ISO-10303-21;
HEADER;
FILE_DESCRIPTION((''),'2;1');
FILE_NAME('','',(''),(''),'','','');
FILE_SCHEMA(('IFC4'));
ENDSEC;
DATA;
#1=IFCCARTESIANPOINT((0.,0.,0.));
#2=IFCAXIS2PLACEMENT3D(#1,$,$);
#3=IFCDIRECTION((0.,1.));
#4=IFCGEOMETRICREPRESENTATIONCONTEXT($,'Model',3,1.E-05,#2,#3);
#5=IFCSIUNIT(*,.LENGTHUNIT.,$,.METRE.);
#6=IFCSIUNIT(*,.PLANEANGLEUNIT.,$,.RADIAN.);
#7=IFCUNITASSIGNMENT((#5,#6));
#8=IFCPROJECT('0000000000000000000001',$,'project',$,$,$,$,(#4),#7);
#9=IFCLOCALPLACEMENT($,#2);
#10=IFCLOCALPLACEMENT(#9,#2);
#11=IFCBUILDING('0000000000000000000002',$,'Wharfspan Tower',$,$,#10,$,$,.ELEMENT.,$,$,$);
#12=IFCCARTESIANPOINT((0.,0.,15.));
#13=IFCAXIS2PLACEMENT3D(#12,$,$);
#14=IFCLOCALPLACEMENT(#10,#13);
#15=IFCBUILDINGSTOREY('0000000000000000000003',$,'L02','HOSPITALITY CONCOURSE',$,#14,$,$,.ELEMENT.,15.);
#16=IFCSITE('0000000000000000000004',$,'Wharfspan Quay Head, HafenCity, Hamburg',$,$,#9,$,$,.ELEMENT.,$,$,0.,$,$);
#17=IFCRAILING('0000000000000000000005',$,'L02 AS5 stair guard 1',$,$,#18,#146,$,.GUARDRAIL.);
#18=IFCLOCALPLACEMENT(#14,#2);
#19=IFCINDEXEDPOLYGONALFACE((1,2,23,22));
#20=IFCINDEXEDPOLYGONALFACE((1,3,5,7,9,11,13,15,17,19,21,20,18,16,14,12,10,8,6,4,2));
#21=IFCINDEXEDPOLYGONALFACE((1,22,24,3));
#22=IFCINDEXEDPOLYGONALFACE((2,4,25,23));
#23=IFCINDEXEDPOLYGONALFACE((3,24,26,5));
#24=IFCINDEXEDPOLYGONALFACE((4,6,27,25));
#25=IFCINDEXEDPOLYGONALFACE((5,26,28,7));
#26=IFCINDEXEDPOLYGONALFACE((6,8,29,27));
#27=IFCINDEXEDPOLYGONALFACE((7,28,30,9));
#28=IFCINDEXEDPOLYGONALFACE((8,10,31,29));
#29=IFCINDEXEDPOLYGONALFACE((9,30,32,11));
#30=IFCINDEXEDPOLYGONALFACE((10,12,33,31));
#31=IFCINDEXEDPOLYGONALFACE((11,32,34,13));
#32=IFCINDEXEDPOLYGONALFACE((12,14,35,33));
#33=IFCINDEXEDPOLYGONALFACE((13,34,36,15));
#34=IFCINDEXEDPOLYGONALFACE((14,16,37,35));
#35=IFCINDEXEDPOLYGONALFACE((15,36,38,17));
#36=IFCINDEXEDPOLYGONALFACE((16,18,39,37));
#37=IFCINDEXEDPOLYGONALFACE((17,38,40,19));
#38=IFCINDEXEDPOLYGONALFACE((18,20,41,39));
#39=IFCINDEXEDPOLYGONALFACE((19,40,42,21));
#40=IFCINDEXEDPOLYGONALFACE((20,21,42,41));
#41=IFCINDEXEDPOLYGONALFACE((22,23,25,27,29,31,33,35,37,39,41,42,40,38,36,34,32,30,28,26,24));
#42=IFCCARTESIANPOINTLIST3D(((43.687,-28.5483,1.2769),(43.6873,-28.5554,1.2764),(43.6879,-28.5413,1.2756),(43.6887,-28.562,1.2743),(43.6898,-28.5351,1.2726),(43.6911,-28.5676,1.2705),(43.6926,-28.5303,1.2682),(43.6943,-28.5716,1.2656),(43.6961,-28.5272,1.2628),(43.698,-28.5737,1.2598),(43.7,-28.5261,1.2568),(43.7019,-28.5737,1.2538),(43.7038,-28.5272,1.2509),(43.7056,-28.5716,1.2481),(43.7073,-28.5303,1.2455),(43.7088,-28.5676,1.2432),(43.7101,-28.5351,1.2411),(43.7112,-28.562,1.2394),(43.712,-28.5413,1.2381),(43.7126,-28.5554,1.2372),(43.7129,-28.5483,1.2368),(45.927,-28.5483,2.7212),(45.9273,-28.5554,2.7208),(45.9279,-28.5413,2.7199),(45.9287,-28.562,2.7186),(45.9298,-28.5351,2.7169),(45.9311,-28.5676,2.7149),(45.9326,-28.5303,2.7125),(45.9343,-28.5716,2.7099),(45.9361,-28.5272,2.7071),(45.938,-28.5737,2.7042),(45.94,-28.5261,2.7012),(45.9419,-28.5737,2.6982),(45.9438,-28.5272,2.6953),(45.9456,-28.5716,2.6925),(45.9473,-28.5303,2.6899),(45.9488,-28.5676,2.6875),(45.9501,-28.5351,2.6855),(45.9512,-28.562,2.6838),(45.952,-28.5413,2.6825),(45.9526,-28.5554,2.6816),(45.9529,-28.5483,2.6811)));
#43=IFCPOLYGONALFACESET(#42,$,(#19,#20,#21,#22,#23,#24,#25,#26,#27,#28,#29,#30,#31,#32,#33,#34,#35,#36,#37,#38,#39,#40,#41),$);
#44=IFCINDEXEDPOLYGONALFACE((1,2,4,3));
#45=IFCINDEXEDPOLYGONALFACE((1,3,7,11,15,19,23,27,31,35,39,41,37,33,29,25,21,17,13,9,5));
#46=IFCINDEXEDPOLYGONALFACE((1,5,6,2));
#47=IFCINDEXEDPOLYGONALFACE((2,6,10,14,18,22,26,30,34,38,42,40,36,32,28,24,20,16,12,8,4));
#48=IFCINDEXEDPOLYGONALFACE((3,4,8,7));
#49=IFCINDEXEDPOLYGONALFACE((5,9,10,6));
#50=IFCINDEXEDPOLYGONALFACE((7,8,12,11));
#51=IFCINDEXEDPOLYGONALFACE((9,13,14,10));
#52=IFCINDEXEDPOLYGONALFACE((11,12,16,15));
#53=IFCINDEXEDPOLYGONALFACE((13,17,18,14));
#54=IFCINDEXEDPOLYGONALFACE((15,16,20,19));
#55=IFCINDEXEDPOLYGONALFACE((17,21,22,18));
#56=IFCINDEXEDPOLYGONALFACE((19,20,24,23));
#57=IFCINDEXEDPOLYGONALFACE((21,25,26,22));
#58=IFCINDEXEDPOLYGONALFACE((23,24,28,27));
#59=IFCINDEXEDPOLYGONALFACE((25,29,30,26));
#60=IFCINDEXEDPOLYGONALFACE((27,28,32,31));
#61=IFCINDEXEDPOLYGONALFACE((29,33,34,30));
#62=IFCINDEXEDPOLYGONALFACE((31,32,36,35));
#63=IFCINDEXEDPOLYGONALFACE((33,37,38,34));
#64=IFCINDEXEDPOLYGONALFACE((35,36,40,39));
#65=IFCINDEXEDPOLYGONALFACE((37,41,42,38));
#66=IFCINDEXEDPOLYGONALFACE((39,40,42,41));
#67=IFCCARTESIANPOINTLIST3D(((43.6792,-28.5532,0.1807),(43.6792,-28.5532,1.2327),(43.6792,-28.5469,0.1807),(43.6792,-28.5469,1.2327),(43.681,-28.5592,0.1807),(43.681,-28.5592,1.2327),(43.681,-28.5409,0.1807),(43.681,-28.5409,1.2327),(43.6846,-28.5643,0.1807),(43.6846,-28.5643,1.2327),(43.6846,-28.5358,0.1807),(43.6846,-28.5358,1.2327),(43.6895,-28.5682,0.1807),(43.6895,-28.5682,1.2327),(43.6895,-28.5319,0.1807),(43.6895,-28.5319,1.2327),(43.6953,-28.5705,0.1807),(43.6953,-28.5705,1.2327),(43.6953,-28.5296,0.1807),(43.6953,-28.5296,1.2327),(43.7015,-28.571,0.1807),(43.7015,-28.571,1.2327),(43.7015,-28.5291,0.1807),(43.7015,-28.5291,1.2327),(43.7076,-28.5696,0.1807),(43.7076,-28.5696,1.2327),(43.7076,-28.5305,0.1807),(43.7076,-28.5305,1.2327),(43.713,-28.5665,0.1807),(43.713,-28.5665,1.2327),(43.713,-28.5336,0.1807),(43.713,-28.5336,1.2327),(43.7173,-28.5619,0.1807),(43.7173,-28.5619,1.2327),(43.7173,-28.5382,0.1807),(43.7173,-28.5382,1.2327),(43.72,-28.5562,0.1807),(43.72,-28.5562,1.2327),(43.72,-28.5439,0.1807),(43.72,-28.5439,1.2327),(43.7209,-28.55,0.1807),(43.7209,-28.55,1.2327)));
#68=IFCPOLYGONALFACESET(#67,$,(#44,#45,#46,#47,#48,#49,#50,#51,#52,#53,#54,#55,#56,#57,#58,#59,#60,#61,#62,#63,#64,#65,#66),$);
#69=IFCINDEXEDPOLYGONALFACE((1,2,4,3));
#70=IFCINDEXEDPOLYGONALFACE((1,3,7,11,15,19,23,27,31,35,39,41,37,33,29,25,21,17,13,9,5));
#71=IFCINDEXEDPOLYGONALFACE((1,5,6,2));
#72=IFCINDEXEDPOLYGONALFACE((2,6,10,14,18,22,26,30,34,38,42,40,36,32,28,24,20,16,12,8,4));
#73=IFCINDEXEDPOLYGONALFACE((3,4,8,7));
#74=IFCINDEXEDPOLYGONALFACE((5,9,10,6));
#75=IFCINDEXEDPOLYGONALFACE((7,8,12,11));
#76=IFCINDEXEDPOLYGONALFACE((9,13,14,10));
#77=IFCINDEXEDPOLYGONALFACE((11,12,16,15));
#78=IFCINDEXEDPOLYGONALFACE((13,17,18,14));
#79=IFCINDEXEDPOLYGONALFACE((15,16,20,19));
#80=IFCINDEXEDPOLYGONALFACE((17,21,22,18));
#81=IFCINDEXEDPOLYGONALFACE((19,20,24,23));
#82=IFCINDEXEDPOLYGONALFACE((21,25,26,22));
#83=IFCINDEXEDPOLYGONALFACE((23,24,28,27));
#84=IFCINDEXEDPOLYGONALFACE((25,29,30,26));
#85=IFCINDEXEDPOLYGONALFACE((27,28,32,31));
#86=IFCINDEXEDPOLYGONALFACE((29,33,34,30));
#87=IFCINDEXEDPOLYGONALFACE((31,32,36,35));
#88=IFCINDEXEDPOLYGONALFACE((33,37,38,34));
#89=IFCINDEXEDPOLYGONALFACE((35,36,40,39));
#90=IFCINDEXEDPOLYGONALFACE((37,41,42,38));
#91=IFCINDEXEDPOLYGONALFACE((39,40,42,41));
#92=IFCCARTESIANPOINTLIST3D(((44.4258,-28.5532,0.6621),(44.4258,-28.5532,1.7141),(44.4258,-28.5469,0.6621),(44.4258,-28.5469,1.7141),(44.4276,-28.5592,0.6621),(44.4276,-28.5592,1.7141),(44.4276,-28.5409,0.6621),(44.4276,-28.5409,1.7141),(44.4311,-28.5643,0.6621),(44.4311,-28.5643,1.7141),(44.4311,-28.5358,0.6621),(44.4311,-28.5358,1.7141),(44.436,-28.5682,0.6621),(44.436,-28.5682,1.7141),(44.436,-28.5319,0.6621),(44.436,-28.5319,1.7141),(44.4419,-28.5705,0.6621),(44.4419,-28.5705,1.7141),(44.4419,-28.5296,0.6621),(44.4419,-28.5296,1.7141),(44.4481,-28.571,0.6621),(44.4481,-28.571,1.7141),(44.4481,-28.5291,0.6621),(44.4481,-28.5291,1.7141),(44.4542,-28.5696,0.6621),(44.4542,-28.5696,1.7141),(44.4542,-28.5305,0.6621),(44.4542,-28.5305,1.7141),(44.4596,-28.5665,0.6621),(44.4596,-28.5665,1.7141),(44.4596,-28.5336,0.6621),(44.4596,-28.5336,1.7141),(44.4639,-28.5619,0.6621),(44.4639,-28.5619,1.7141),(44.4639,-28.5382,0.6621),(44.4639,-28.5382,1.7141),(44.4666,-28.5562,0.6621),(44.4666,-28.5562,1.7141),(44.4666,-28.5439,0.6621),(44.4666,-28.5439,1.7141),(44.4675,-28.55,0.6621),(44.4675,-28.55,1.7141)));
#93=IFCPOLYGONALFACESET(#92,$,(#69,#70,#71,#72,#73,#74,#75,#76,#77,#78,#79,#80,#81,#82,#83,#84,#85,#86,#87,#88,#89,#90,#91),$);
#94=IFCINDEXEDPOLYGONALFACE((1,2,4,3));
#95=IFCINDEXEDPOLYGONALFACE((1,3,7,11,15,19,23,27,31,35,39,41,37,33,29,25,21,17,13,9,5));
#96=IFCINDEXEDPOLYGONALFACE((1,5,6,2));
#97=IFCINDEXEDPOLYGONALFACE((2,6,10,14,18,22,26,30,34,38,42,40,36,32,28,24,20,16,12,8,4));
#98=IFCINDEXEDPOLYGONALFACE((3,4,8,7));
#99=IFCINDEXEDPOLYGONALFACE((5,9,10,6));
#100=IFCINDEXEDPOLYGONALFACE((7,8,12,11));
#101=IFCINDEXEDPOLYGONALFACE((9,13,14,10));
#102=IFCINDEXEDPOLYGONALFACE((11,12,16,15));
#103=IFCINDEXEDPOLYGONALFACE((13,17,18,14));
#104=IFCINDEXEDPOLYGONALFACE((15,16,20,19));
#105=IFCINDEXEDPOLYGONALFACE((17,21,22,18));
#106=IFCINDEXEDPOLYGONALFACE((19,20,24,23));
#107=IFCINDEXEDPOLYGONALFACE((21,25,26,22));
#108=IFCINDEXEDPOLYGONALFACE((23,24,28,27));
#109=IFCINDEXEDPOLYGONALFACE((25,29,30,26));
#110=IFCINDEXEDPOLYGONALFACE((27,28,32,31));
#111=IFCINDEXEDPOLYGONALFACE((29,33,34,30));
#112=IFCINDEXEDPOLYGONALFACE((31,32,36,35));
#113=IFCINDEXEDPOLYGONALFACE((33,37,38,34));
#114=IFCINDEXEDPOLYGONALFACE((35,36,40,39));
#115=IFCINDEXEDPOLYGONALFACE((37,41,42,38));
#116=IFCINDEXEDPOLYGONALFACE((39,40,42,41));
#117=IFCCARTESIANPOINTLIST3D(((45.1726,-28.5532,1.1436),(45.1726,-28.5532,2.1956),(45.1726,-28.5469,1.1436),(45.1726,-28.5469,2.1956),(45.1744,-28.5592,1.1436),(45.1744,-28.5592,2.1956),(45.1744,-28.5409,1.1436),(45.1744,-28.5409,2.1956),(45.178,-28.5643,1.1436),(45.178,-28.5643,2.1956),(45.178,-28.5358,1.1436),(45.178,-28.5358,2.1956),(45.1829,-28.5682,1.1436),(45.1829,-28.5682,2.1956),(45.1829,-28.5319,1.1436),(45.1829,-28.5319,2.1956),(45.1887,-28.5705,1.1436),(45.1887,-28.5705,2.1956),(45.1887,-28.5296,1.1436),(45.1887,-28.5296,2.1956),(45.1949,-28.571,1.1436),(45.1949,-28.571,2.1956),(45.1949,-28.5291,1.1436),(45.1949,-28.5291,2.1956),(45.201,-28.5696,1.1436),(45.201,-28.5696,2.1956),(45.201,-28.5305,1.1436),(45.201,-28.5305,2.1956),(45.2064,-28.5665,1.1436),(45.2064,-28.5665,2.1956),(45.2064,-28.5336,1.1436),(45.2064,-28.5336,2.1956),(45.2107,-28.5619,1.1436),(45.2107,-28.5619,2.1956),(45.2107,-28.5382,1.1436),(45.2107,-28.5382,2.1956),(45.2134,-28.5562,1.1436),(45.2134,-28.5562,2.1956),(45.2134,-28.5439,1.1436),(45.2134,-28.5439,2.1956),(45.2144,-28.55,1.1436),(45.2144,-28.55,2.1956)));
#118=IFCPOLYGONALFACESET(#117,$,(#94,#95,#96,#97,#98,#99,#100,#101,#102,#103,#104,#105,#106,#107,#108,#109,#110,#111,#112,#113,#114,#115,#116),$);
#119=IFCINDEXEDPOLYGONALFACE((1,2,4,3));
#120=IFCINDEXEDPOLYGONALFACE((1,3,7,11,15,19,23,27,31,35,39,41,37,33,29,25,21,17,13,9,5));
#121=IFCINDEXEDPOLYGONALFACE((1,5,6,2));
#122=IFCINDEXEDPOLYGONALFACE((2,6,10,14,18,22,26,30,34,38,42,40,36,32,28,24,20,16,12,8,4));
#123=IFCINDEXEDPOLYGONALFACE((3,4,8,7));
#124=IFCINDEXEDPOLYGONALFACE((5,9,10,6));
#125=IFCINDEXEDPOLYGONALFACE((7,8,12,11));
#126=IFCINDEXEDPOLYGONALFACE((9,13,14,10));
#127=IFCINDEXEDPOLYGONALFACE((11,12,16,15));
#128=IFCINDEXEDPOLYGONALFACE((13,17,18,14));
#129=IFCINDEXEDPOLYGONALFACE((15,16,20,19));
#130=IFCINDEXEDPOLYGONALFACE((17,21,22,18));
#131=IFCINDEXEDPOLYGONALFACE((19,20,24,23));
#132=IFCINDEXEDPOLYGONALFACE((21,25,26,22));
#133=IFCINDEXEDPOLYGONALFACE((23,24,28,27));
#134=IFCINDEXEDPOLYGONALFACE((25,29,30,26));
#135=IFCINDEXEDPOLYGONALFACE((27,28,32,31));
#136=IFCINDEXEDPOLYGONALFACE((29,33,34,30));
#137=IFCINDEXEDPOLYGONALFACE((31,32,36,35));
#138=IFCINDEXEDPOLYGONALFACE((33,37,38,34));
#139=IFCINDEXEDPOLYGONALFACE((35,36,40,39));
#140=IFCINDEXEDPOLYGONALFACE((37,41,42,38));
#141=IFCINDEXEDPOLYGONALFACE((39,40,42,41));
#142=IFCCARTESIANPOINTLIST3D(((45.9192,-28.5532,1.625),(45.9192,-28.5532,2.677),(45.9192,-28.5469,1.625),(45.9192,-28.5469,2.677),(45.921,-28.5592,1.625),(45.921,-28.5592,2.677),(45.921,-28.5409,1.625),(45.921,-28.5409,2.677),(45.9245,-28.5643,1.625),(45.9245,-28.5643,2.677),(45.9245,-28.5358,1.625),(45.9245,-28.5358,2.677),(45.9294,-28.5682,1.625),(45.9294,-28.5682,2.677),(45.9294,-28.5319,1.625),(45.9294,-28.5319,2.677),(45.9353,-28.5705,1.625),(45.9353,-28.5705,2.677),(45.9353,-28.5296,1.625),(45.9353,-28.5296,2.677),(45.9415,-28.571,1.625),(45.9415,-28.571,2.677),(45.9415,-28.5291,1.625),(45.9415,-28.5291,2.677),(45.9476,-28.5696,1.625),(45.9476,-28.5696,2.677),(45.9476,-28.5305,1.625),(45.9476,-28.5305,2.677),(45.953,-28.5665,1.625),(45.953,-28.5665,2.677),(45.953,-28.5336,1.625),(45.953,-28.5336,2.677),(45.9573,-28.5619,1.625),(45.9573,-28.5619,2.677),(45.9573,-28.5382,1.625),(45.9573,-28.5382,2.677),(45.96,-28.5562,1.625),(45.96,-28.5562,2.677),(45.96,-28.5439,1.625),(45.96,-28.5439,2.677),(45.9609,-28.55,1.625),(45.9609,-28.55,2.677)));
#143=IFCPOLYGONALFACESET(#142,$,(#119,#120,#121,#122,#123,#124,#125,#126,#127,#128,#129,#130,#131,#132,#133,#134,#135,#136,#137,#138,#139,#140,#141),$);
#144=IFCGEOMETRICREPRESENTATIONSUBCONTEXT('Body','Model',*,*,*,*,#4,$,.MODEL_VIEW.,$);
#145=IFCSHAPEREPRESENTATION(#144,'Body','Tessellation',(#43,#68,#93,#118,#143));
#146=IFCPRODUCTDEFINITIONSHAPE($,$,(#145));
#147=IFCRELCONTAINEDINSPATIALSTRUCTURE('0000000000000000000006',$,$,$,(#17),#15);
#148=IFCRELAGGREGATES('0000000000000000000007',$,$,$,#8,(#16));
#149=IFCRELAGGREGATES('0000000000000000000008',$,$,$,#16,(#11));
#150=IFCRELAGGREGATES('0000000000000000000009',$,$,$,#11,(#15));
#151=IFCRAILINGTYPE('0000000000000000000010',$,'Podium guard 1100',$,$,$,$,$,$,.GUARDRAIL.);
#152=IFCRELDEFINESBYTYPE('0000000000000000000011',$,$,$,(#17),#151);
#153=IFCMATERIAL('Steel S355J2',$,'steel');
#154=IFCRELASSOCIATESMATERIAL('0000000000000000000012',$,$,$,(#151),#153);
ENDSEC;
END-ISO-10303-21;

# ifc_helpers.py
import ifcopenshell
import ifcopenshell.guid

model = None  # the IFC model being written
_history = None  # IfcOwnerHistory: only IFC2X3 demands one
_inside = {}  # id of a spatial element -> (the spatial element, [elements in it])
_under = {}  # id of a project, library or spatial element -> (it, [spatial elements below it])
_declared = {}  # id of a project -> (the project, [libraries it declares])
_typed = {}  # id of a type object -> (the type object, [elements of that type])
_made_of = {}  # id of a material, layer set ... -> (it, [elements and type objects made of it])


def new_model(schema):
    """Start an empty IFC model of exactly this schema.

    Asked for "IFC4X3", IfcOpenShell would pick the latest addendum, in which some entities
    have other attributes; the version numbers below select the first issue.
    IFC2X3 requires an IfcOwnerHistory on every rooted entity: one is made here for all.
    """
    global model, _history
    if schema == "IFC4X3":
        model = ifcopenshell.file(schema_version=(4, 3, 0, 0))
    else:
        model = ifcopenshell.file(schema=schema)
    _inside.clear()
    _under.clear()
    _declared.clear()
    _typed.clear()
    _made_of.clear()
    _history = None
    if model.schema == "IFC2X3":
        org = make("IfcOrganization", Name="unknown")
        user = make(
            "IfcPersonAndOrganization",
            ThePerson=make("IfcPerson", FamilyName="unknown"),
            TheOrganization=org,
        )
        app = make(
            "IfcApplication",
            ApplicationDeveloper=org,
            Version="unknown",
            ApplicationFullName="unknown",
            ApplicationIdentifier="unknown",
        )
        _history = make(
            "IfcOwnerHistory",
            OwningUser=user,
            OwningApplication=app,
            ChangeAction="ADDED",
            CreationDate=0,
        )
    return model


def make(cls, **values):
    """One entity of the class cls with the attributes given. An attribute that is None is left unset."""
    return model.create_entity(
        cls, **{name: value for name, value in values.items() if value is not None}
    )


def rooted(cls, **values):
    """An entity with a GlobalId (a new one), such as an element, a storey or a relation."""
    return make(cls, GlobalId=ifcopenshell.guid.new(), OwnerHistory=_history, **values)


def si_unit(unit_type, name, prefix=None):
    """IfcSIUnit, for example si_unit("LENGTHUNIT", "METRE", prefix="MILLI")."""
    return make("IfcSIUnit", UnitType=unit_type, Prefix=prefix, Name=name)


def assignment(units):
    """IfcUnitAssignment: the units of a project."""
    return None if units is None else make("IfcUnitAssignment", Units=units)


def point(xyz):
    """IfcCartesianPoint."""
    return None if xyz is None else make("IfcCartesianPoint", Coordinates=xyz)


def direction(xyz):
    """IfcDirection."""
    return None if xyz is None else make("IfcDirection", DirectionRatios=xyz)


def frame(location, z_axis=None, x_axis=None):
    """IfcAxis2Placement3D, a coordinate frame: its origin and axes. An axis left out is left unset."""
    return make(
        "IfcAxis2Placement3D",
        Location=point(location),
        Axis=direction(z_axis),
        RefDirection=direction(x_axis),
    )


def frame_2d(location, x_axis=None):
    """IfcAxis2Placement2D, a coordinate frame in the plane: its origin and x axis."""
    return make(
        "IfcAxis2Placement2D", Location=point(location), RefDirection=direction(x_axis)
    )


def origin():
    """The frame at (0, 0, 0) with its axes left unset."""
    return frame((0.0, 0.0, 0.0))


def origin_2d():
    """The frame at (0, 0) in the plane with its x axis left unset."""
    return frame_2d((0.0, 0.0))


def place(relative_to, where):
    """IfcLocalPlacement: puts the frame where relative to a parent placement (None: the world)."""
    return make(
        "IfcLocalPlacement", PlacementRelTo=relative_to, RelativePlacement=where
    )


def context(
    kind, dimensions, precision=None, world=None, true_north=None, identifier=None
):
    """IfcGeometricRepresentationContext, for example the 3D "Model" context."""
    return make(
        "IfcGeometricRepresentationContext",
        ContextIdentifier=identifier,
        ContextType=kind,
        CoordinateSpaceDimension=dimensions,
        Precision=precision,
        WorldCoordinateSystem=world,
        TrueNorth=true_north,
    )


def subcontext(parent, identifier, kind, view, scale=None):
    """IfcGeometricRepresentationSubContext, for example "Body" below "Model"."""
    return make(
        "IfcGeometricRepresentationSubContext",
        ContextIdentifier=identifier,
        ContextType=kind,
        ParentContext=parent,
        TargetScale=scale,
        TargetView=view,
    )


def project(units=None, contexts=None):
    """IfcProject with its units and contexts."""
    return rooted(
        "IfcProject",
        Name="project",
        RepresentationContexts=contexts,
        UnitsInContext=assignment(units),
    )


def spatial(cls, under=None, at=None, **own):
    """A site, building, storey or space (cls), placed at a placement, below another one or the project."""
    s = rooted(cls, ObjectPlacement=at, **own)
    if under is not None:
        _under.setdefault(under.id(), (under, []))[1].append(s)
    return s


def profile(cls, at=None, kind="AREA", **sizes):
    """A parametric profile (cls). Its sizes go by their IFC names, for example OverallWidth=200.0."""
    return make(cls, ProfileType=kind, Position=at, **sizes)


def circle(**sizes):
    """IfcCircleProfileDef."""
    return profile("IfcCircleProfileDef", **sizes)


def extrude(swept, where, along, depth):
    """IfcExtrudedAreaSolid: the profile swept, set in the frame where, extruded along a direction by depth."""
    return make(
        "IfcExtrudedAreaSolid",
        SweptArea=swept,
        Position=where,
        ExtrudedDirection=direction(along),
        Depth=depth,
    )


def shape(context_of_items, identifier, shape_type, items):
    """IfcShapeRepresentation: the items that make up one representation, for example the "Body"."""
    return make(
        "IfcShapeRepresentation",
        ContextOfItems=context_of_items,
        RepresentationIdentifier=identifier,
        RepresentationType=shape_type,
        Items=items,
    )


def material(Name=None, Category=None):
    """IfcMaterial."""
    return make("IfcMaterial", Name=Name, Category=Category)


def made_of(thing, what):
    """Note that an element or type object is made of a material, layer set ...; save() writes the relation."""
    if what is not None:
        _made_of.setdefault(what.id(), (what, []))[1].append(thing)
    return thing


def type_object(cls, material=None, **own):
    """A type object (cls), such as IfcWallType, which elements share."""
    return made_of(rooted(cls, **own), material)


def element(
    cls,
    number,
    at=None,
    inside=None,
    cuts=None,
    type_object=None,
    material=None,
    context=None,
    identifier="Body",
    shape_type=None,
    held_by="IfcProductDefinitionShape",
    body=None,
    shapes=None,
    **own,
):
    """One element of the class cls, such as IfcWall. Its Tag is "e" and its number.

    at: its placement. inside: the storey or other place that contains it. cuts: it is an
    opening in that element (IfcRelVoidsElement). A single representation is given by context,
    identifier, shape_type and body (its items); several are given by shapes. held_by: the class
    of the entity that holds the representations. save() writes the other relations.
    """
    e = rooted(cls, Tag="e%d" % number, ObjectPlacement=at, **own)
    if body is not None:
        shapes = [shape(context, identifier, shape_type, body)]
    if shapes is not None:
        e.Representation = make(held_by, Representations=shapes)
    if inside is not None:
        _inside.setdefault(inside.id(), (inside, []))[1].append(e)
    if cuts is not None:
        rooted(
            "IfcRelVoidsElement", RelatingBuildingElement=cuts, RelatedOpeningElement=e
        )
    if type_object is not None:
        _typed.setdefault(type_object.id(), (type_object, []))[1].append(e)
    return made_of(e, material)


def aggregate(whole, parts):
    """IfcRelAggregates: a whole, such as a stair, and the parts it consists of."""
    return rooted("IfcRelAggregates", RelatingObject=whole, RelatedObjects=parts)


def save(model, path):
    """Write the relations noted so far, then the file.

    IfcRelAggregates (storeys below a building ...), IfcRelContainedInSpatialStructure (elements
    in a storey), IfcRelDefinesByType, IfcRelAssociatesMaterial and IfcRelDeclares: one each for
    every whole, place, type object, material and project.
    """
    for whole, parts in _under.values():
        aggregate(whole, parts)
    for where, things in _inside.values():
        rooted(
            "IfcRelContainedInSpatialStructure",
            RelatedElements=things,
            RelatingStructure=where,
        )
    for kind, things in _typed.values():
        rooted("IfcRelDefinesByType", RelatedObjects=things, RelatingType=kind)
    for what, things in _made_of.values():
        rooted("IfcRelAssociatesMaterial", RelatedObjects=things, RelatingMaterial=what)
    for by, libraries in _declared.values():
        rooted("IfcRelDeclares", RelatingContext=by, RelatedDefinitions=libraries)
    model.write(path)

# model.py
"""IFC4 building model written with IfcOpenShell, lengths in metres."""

from ifc_helpers import new_model, si_unit, direction, frame, origin, origin_2d, place, context, subcontext, project, spatial, circle, extrude, material, type_object, element, save


model = new_model("IFC4")

# Units and contexts
model_context = context("Model", 3, precision=1e-05, world=origin(), true_north=direction((0.0, 1.0)))
body_context = subcontext(model_context, "Body", "Model", "MODEL_VIEW")
ifc_project = project(units=[si_unit("LENGTHUNIT", "METRE"), si_unit("PLANEANGLEUNIT", "RADIAN")], contexts=[model_context])

# Site, building, storey
site_placement = place(None, origin())
site = spatial("IfcSite", under=ifc_project, at=site_placement, Name="Wharfspan Quay Head, HafenCity, Hamburg", CompositionType="ELEMENT", RefElevation=0.0)
building_placement = place(site_placement, origin())
building = spatial("IfcBuilding", under=site, at=building_placement, Name="Wharfspan Tower", CompositionType="ELEMENT")
storey_placement = place(building_placement, frame((0.0, 0.0, 15.0)))
storey = spatial("IfcBuildingStorey", under=building, at=storey_placement, Name="L02", Description="HOSPITALITY CONCOURSE", CompositionType="ELEMENT", Elevation=15.0)

# Railing
ifc_material_1 = material(Name="Steel S355J2", Category="steel")
railing_type_1 = type_object("IfcRailingType", Name="Podium guard 1100", PredefinedType="GUARDRAIL", material=ifc_material_1)
railing_1_placement = place(storey_placement, frame((43.7, -28.55, 0.1807)))
element("IfcRailing", 1, at=railing_1_placement, inside=storey, type_object=railing_type_1, Name="L02 AS5 stair guard 1", PredefinedType="GUARDRAIL", context=body_context, shape_type="SweptSolid", body=[
    extrude(circle(Radius=0.0239, at=origin_2d()), frame((0.0, 0.0, 1.0762), z_axis=(0.840437, 0.0, 0.54191), x_axis=(0.0, 1.0, 0.0)), (0.0, 0.0, 1.0), 2.6653),
    extrude(circle(Radius=0.021, at=origin_2d()), origin(), (0.0, 0.0, 1.0), 1.052),
    extrude(circle(Radius=0.021, at=origin_2d()), frame((0.7466, 0.0, 0.4814)), (0.0, 0.0, 1.0), 1.052),
    extrude(circle(Radius=0.021, at=origin_2d()), frame((1.4934, 0.0, 0.9629)), (0.0, 0.0, 1.0), 1.052),
    extrude(circle(Radius=0.021, at=origin_2d()), frame((2.24, 0.0, 1.4443)), (0.0, 0.0, 1.0), 1.052),
])

save(model, "model.ifc")
